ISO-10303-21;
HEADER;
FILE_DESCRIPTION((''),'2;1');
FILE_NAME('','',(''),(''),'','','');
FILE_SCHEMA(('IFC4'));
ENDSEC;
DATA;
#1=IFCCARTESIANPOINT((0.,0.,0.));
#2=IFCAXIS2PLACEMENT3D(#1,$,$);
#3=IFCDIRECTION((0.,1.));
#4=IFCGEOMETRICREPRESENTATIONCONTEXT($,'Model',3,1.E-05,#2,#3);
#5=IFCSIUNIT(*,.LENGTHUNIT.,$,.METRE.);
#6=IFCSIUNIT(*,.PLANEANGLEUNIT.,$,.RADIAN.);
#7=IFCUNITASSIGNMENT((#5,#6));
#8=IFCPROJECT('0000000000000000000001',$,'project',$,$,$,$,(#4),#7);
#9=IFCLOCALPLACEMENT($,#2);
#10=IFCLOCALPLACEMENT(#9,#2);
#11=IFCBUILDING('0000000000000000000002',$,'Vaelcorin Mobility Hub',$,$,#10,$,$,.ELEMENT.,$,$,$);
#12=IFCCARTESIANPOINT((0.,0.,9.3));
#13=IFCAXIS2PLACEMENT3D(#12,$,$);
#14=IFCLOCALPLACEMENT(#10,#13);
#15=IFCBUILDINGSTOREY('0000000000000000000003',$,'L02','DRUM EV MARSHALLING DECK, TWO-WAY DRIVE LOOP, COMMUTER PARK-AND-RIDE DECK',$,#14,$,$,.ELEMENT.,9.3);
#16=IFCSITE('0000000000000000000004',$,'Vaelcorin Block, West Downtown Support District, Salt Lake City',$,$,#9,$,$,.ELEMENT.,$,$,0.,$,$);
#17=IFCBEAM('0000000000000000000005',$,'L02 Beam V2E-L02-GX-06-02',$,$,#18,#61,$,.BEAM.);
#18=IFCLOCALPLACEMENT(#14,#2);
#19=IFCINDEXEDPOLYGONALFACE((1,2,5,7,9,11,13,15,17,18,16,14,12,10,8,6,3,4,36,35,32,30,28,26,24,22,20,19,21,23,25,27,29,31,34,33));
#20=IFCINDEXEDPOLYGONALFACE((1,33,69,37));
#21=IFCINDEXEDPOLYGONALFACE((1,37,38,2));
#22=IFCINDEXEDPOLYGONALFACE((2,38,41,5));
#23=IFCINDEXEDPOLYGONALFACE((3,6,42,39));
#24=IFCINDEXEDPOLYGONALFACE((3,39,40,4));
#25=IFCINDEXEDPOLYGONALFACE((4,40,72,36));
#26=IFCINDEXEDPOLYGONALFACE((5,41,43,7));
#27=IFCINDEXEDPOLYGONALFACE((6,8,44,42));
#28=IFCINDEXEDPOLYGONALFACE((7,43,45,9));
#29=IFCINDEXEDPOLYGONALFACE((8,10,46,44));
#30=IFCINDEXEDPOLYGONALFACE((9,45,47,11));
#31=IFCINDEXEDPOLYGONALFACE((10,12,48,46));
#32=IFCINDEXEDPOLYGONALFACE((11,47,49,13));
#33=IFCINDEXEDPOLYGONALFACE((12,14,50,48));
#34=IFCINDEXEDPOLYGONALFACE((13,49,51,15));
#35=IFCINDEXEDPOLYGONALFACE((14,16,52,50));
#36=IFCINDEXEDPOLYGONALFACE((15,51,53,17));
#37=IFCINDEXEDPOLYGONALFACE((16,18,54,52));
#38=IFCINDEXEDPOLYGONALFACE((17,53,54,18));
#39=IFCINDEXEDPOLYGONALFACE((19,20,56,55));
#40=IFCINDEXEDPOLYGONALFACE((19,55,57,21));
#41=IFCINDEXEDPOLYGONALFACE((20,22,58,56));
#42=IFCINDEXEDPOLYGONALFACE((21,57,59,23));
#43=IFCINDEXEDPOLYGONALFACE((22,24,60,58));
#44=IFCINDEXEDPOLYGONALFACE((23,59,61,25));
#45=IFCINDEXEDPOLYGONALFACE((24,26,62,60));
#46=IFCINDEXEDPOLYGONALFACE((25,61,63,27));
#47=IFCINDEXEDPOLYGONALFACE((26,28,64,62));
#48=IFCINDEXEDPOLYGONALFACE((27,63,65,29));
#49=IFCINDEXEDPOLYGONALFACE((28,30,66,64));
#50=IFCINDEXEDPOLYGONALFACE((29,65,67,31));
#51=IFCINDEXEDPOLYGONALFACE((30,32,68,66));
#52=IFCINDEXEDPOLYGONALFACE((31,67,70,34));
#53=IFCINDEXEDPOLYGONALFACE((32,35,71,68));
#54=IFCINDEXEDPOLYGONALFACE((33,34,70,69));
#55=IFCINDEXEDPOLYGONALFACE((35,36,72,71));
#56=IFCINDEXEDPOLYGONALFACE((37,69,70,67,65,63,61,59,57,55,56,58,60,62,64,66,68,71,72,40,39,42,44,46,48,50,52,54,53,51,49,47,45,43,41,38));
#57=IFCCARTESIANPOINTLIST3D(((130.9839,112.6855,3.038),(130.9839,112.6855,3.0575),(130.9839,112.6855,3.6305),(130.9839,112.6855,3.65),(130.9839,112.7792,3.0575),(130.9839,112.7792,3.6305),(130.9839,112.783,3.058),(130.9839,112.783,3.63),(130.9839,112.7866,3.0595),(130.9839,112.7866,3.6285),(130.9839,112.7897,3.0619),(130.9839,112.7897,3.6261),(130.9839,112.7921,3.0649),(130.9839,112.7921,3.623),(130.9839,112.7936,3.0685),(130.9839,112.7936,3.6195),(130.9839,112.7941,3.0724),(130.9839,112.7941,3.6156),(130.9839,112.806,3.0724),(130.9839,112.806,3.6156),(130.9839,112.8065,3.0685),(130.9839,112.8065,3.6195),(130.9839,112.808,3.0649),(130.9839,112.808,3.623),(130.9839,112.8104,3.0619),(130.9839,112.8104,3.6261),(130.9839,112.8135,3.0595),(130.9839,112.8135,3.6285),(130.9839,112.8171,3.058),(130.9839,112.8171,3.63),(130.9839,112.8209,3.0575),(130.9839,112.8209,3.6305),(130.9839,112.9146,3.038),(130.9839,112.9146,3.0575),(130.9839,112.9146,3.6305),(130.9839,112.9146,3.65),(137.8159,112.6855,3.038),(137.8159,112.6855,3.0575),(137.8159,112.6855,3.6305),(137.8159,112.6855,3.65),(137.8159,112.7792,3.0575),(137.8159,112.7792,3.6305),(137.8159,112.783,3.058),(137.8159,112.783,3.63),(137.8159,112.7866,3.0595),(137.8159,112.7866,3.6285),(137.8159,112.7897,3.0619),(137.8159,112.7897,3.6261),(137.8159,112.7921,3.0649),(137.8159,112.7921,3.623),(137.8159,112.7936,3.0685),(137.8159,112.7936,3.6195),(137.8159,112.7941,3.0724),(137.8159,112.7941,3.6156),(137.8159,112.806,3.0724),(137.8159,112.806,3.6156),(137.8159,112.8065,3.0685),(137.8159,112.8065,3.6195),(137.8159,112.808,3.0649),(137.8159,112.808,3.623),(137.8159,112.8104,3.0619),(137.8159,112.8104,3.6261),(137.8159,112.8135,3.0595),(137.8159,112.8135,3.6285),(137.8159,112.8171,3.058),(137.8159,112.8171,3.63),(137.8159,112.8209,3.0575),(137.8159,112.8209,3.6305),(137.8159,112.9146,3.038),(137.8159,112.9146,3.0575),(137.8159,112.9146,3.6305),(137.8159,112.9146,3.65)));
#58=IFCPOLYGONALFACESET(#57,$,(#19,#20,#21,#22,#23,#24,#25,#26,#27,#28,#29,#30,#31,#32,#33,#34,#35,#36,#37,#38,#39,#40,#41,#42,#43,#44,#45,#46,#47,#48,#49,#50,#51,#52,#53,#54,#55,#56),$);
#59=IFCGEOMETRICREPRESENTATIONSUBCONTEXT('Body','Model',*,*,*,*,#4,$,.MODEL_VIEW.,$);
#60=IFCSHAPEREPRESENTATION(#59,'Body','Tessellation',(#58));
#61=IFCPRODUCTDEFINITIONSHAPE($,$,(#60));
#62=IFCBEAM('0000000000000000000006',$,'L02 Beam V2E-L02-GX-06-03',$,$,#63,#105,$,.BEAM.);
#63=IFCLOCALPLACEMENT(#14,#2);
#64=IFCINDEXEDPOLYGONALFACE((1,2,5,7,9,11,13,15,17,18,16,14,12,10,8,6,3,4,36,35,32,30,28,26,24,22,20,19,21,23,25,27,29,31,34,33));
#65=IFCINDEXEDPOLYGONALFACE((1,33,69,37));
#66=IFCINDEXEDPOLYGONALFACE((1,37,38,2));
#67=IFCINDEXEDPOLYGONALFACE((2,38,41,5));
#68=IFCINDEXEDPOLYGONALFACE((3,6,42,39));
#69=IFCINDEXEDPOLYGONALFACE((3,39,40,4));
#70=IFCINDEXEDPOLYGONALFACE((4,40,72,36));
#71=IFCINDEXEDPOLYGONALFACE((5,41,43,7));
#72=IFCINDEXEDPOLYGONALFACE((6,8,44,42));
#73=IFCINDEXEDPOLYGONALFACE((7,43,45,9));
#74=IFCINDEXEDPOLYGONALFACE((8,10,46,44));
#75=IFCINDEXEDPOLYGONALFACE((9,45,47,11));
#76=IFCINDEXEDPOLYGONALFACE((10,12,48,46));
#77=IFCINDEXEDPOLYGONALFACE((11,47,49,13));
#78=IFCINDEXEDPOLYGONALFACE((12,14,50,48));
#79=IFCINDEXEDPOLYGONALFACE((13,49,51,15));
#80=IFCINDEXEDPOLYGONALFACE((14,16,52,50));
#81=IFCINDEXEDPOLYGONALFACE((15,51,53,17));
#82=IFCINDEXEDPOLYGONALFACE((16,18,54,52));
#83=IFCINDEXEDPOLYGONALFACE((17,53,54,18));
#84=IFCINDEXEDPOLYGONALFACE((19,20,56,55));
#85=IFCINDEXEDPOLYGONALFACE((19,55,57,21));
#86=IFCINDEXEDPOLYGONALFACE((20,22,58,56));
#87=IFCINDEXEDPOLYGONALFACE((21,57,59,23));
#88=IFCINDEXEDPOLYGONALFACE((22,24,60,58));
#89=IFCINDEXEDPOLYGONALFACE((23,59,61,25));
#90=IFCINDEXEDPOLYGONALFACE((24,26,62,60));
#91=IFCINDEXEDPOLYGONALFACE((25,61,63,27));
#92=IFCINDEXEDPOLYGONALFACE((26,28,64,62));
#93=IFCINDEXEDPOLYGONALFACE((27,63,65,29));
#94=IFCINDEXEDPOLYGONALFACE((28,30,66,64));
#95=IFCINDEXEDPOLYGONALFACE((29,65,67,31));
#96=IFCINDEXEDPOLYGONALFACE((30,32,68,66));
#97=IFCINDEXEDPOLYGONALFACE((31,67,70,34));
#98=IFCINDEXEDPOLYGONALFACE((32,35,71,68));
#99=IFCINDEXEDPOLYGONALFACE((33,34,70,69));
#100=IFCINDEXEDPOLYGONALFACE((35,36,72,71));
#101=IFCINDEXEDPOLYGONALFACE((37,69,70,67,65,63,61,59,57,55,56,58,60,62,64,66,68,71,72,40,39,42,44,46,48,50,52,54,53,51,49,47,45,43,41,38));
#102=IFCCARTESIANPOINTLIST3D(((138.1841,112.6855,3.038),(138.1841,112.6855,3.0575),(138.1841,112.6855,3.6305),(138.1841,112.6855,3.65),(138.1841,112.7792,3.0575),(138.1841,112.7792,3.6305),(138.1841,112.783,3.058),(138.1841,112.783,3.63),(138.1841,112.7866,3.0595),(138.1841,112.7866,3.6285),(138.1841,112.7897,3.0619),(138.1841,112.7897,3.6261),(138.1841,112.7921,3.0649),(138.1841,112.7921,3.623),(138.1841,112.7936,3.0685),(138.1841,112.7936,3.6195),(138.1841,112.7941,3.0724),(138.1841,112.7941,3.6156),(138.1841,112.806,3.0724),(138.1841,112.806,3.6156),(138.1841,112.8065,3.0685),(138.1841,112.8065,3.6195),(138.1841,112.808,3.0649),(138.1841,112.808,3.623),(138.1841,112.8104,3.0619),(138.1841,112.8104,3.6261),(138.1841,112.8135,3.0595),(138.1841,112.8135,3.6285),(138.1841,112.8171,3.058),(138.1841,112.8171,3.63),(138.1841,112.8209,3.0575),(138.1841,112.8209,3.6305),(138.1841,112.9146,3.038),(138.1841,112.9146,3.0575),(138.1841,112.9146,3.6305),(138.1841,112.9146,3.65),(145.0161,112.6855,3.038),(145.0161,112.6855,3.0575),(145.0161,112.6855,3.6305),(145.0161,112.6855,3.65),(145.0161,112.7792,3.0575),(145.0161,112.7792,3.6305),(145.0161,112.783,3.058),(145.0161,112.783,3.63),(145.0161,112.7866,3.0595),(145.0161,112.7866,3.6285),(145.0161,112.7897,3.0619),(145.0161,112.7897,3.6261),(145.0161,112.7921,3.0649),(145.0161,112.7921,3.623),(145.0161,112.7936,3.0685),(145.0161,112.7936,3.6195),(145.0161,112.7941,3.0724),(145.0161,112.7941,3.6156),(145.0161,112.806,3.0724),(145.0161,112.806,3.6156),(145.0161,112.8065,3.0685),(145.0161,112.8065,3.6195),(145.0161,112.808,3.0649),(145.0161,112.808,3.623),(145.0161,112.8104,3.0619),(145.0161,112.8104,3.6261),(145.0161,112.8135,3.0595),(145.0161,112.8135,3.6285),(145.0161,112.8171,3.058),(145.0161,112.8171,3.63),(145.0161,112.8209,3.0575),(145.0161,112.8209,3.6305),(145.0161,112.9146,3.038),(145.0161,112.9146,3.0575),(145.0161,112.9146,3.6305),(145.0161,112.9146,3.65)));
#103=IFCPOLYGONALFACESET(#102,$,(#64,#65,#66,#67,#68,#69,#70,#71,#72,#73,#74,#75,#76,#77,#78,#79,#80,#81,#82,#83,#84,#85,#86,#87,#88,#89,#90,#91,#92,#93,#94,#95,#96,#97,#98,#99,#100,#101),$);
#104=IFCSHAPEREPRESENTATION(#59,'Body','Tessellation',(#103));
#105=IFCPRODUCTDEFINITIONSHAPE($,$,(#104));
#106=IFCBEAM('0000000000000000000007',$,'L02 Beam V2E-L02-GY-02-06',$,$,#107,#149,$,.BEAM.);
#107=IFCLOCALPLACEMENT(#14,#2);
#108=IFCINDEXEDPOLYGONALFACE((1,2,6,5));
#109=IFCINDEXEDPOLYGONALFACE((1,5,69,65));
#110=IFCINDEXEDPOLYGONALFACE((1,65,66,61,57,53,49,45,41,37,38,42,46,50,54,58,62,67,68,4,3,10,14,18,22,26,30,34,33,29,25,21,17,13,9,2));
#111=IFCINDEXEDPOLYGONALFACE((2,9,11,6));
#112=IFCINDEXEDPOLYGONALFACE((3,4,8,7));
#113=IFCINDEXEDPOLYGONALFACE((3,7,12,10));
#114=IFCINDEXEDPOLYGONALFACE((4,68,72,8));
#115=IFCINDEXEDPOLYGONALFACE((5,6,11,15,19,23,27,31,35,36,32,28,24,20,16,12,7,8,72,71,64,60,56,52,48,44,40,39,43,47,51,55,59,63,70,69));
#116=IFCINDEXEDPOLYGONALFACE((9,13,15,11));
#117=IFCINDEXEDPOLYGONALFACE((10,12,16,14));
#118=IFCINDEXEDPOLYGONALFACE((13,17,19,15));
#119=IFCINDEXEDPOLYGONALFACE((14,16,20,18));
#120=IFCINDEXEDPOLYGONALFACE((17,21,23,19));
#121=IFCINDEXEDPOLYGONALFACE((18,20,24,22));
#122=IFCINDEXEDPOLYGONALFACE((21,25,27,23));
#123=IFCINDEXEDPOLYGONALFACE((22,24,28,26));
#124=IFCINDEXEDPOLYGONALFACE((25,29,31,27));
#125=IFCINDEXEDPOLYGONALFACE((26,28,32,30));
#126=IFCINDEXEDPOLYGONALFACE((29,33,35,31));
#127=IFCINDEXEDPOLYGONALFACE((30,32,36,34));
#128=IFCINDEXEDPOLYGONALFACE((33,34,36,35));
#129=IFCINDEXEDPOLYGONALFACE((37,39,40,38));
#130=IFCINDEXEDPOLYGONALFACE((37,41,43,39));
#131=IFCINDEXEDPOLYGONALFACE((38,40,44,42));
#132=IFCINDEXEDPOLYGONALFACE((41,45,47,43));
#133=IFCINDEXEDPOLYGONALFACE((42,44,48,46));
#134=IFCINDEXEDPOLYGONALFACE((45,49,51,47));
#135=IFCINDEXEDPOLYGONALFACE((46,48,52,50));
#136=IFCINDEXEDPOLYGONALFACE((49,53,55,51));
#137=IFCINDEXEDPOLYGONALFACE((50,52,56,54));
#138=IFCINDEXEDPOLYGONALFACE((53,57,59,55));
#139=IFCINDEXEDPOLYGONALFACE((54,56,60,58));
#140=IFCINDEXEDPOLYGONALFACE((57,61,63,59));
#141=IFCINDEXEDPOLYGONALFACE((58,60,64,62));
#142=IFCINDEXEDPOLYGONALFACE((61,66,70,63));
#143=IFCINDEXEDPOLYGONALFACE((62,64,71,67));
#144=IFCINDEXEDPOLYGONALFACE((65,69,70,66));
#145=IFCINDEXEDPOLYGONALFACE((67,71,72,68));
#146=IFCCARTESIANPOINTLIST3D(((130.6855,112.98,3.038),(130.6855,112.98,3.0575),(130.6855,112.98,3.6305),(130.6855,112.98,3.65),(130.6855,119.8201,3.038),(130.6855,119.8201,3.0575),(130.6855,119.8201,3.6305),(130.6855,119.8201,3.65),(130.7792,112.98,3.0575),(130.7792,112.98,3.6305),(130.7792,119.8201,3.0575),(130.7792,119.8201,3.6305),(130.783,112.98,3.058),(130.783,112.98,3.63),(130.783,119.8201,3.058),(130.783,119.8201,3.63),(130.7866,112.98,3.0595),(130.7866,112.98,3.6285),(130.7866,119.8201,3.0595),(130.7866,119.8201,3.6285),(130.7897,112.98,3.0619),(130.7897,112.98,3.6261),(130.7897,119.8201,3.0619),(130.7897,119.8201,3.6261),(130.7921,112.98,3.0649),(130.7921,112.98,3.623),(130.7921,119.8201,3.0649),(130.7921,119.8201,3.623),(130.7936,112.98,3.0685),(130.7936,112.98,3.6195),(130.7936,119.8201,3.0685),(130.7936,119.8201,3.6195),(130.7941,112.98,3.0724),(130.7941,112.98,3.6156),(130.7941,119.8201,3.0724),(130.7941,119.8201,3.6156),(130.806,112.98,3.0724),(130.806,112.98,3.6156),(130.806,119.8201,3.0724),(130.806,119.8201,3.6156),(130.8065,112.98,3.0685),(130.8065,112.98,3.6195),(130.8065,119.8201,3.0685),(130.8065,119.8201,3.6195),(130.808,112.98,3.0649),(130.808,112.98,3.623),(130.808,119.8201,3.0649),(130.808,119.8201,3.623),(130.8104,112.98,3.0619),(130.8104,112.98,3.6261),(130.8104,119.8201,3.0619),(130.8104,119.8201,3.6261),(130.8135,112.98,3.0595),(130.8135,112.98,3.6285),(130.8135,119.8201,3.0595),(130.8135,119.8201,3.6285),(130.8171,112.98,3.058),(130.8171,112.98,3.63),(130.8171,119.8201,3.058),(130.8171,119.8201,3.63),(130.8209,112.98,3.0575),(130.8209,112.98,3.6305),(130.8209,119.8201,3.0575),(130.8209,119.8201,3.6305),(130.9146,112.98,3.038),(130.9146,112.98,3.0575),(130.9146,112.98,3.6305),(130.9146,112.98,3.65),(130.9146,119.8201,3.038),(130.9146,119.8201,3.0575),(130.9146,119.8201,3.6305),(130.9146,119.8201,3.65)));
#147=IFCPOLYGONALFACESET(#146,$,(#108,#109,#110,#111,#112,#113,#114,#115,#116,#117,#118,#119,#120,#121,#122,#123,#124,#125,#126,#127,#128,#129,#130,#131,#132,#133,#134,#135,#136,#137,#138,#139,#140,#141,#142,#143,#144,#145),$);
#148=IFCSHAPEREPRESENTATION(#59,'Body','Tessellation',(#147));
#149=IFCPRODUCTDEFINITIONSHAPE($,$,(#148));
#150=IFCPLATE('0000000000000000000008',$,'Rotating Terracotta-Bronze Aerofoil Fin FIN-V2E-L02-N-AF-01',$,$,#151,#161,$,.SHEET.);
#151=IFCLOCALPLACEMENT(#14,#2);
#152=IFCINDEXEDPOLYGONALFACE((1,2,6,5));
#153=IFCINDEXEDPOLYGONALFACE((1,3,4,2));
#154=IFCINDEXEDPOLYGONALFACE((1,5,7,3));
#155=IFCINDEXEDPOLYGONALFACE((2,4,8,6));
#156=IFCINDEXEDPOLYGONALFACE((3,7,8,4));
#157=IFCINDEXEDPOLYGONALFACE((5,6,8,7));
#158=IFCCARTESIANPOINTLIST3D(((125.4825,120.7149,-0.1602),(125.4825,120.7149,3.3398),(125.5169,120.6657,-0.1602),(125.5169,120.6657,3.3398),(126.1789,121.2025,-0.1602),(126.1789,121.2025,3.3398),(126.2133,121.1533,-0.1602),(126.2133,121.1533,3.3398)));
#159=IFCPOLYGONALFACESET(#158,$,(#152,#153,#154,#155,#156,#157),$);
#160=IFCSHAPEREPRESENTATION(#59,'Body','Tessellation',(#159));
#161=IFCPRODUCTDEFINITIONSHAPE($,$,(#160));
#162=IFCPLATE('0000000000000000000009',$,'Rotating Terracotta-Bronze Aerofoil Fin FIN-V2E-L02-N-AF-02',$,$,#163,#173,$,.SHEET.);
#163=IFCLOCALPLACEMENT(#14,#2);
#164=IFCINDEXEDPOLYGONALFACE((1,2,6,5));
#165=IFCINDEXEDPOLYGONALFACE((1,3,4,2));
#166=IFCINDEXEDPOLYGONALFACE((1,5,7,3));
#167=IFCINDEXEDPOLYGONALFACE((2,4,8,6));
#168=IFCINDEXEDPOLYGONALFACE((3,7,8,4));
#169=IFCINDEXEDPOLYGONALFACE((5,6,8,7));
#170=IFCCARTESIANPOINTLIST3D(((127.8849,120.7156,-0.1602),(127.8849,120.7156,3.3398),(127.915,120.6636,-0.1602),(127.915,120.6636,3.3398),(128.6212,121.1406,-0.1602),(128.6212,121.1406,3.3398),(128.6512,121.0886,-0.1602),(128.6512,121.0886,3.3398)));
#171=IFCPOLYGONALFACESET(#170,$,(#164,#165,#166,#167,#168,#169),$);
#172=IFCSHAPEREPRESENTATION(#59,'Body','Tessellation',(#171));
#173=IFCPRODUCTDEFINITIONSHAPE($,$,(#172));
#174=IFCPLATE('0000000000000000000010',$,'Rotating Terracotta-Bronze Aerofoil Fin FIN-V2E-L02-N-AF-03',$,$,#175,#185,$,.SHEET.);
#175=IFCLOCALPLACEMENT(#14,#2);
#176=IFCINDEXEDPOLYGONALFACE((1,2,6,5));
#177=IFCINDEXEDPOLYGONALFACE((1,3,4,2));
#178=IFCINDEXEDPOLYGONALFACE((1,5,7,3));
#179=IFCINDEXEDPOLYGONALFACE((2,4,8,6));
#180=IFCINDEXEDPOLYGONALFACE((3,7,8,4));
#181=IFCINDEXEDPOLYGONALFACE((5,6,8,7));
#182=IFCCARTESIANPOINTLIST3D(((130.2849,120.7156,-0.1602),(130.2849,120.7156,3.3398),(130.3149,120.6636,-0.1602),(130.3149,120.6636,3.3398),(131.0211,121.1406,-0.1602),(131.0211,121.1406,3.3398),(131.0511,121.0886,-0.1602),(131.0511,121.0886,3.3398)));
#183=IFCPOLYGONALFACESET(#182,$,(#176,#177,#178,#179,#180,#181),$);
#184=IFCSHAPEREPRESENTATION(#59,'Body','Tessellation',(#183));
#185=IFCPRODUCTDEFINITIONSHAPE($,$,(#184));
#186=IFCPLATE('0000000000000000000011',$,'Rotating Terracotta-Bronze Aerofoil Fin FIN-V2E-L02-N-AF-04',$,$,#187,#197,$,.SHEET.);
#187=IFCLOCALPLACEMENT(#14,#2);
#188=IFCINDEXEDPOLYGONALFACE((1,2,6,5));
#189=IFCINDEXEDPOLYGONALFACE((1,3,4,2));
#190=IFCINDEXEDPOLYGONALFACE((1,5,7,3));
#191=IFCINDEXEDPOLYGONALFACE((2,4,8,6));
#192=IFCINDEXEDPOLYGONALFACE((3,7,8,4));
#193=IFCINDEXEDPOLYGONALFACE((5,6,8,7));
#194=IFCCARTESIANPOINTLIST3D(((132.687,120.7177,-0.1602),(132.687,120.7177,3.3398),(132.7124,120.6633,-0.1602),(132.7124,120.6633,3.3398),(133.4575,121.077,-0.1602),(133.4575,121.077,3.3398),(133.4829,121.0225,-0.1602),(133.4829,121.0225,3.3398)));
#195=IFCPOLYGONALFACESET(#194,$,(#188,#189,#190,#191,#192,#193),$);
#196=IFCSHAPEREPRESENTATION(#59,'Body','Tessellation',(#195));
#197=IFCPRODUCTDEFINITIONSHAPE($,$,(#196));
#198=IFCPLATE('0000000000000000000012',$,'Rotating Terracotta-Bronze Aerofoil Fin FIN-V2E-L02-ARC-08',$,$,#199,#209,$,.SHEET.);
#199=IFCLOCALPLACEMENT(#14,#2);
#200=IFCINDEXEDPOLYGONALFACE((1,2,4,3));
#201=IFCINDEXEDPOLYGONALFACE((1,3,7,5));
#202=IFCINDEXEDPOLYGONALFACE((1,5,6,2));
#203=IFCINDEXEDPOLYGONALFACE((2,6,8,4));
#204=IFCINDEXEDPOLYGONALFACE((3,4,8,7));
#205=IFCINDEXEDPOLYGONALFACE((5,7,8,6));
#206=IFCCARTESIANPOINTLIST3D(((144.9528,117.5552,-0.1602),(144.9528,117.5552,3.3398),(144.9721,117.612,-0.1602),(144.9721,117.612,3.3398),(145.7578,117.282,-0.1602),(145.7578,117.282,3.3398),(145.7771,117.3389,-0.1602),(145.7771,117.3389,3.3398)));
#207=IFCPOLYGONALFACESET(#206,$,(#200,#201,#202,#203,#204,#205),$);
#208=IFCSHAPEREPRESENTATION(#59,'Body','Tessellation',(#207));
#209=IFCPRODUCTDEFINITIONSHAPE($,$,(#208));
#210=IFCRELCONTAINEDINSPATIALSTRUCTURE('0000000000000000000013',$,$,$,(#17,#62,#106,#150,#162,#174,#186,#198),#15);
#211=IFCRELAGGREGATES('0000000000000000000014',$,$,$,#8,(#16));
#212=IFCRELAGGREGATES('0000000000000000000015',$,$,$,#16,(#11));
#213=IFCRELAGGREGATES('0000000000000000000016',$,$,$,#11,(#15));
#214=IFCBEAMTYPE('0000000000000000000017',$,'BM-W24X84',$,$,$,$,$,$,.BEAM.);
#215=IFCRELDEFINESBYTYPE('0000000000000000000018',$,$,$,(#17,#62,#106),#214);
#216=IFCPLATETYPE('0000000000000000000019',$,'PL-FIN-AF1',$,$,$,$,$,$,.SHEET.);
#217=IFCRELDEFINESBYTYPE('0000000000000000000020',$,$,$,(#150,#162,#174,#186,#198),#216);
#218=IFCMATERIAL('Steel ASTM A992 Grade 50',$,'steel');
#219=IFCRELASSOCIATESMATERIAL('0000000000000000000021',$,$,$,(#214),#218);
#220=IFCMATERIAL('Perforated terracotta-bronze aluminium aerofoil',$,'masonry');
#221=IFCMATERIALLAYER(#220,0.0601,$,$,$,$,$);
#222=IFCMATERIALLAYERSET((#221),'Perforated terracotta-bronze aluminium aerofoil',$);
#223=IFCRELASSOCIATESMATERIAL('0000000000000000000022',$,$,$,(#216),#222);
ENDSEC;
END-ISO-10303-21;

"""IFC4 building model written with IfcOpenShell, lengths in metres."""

from ifc_helpers import new_model, si_unit, direction, frame, origin, origin_2d, place, context, subcontext, project, spatial, rectangle, i_section, extrude, material, layer, layer_set, material_profile, profile_set, type_object, element, save


model = new_model("IFC4")

# Units and contexts
model_context = context("Model", 3, precision=1e-05, world=origin(), true_north=direction((0.0, 1.0)))
body_context = subcontext(model_context, "Body", "Model", "MODEL_VIEW")
ifc_project = project(units=[si_unit("LENGTHUNIT", "METRE"), si_unit("PLANEANGLEUNIT", "RADIAN")], contexts=[model_context])

# Site, building, storey
site_placement = place(None, origin())
site = spatial("IfcSite", under=ifc_project, at=site_placement, Name="Vaelcorin Block, West Downtown Support District, Salt Lake City", CompositionType="ELEMENT", RefElevation=0.0)
building_placement = place(site_placement, origin())
building = spatial("IfcBuilding", under=site, at=building_placement, Name="Vaelcorin Mobility Hub", CompositionType="ELEMENT")
storey_placement = place(building_placement, frame((0.0, 0.0, 9.3)))
storey = spatial("IfcBuildingStorey", under=building, at=storey_placement, Name="L02", Description="DRUM EV MARSHALLING DECK, TWO-WAY DRIVE LOOP, COMMUTER PARK-AND-RIDE DECK", CompositionType="ELEMENT", Elevation=9.3)

# Shared definitions
ifc_material_1 = material(Name="Steel ASTM A992 Grade 50", Category="steel")

# Beams
ifc_material_profile_1 = material_profile(ifc_material_1, i_section(OverallWidth=0.229, OverallDepth=0.6121, WebThickness=0.012, FlangeThickness=0.0195, FilletRadius=0.0149, at=origin_2d()), Name="W24X84")
ifc_profile_set_1 = profile_set([ifc_material_profile_1], Name="Steel ASTM A992 Grade 50")
beam_type_1 = type_object("IfcBeamType", Name="BM-W24X84", PredefinedType="BEAM", material=ifc_profile_set_1)
for number, where, z_axis, x_axis, name in (
    (1, (130.9839, 112.8, 3.344), (1.0, 0.0, 0.0), (0.0, 1.0, 0.0), "L02 Beam V2E-L02-GX-06-02"),
    (2, (138.1841, 112.8, 3.344), (1.0, 0.0, 0.0), (0.0, 1.0, 0.0), "L02 Beam V2E-L02-GX-06-03"),
):
    element("IfcBeam", number, at=place(storey_placement, frame(where, z_axis=z_axis, x_axis=x_axis)), inside=storey, type_object=beam_type_1, Name=name, PredefinedType="BEAM", context=body_context, shape_type="SweptSolid", body=[
        extrude(i_section(OverallWidth=0.229, OverallDepth=0.6121, WebThickness=0.012, FlangeThickness=0.0195, FilletRadius=0.0149, at=origin_2d()), origin(), (0.0, 0.0, 1.0), 6.832),
    ])
beam_1_placement = place(storey_placement, frame((130.8, 112.98, 3.344), z_axis=(0.0, 1.0, 0.0), x_axis=(-1.0, 0.0, 0.0)))
element("IfcBeam", 3, at=beam_1_placement, inside=storey, type_object=beam_type_1, Name="L02 Beam V2E-L02-GY-02-06", PredefinedType="BEAM", context=body_context, shape_type="SweptSolid", body=[
    extrude(i_section(OverallWidth=0.229, OverallDepth=0.6121, WebThickness=0.012, FlangeThickness=0.0195, FilletRadius=0.0149, at=origin_2d()), origin(), (0.0, 0.0, 1.0), 6.8401),
])

# Plates
ifc_material_2 = material(Name="Perforated terracotta-bronze aluminium aerofoil", Category="masonry")
ifc_layer_1 = layer(ifc_material_2, 0.0601)
ifc_layer_set_1 = layer_set([ifc_layer_1], Name="Perforated terracotta-bronze aluminium aerofoil")
plate_type = type_object("IfcPlateType", Name="PL-FIN-AF1", PredefinedType="SHEET", material=ifc_layer_set_1)
for number, where, z_axis, x_axis, name in (
    (4, (125.8479, 120.9341, -0.1602), (0.0, 0.0, 1.0), (0.819152, 0.573576, 0.0), "Rotating Terracotta-Bronze Aerofoil Fin FIN-V2E-L02-N-AF-01"),
    (5, (128.2681, 120.9021, -0.1602), (0.0, 0.0, 1.0), (0.866025, 0.5, 0.0), "Rotating Terracotta-Bronze Aerofoil Fin FIN-V2E-L02-N-AF-02"),
    (6, (130.668, 120.9021, -0.1602), (0.0, 0.0, 1.0), (0.866025, 0.5, 0.0), "Rotating Terracotta-Bronze Aerofoil Fin FIN-V2E-L02-N-AF-03"),
    (7, (133.085, 120.8701, -0.1602), (0.0, 0.0, 1.0), (0.906308, 0.422618, 0.0), "Rotating Terracotta-Bronze Aerofoil Fin FIN-V2E-L02-N-AF-04"),
    (8, (145.365, 117.447, -0.1602), (0.0, 0.0, 1.0), (0.946964, -0.32134, 0.0), "Rotating Terracotta-Bronze Aerofoil Fin FIN-V2E-L02-ARC-08"),
):
    element("IfcPlate", number, at=place(storey_placement, frame(where, z_axis=z_axis, x_axis=x_axis)), inside=storey, type_object=plate_type, Name=name, PredefinedType="SHEET", context=body_context, shape_type="SweptSolid", body=[
        extrude(rectangle(XDim=0.8501, YDim=0.0601, at=origin_2d()), origin(), (0.0, 0.0, 1.0), 3.5),
    ])

save(model, "model.ifc")
